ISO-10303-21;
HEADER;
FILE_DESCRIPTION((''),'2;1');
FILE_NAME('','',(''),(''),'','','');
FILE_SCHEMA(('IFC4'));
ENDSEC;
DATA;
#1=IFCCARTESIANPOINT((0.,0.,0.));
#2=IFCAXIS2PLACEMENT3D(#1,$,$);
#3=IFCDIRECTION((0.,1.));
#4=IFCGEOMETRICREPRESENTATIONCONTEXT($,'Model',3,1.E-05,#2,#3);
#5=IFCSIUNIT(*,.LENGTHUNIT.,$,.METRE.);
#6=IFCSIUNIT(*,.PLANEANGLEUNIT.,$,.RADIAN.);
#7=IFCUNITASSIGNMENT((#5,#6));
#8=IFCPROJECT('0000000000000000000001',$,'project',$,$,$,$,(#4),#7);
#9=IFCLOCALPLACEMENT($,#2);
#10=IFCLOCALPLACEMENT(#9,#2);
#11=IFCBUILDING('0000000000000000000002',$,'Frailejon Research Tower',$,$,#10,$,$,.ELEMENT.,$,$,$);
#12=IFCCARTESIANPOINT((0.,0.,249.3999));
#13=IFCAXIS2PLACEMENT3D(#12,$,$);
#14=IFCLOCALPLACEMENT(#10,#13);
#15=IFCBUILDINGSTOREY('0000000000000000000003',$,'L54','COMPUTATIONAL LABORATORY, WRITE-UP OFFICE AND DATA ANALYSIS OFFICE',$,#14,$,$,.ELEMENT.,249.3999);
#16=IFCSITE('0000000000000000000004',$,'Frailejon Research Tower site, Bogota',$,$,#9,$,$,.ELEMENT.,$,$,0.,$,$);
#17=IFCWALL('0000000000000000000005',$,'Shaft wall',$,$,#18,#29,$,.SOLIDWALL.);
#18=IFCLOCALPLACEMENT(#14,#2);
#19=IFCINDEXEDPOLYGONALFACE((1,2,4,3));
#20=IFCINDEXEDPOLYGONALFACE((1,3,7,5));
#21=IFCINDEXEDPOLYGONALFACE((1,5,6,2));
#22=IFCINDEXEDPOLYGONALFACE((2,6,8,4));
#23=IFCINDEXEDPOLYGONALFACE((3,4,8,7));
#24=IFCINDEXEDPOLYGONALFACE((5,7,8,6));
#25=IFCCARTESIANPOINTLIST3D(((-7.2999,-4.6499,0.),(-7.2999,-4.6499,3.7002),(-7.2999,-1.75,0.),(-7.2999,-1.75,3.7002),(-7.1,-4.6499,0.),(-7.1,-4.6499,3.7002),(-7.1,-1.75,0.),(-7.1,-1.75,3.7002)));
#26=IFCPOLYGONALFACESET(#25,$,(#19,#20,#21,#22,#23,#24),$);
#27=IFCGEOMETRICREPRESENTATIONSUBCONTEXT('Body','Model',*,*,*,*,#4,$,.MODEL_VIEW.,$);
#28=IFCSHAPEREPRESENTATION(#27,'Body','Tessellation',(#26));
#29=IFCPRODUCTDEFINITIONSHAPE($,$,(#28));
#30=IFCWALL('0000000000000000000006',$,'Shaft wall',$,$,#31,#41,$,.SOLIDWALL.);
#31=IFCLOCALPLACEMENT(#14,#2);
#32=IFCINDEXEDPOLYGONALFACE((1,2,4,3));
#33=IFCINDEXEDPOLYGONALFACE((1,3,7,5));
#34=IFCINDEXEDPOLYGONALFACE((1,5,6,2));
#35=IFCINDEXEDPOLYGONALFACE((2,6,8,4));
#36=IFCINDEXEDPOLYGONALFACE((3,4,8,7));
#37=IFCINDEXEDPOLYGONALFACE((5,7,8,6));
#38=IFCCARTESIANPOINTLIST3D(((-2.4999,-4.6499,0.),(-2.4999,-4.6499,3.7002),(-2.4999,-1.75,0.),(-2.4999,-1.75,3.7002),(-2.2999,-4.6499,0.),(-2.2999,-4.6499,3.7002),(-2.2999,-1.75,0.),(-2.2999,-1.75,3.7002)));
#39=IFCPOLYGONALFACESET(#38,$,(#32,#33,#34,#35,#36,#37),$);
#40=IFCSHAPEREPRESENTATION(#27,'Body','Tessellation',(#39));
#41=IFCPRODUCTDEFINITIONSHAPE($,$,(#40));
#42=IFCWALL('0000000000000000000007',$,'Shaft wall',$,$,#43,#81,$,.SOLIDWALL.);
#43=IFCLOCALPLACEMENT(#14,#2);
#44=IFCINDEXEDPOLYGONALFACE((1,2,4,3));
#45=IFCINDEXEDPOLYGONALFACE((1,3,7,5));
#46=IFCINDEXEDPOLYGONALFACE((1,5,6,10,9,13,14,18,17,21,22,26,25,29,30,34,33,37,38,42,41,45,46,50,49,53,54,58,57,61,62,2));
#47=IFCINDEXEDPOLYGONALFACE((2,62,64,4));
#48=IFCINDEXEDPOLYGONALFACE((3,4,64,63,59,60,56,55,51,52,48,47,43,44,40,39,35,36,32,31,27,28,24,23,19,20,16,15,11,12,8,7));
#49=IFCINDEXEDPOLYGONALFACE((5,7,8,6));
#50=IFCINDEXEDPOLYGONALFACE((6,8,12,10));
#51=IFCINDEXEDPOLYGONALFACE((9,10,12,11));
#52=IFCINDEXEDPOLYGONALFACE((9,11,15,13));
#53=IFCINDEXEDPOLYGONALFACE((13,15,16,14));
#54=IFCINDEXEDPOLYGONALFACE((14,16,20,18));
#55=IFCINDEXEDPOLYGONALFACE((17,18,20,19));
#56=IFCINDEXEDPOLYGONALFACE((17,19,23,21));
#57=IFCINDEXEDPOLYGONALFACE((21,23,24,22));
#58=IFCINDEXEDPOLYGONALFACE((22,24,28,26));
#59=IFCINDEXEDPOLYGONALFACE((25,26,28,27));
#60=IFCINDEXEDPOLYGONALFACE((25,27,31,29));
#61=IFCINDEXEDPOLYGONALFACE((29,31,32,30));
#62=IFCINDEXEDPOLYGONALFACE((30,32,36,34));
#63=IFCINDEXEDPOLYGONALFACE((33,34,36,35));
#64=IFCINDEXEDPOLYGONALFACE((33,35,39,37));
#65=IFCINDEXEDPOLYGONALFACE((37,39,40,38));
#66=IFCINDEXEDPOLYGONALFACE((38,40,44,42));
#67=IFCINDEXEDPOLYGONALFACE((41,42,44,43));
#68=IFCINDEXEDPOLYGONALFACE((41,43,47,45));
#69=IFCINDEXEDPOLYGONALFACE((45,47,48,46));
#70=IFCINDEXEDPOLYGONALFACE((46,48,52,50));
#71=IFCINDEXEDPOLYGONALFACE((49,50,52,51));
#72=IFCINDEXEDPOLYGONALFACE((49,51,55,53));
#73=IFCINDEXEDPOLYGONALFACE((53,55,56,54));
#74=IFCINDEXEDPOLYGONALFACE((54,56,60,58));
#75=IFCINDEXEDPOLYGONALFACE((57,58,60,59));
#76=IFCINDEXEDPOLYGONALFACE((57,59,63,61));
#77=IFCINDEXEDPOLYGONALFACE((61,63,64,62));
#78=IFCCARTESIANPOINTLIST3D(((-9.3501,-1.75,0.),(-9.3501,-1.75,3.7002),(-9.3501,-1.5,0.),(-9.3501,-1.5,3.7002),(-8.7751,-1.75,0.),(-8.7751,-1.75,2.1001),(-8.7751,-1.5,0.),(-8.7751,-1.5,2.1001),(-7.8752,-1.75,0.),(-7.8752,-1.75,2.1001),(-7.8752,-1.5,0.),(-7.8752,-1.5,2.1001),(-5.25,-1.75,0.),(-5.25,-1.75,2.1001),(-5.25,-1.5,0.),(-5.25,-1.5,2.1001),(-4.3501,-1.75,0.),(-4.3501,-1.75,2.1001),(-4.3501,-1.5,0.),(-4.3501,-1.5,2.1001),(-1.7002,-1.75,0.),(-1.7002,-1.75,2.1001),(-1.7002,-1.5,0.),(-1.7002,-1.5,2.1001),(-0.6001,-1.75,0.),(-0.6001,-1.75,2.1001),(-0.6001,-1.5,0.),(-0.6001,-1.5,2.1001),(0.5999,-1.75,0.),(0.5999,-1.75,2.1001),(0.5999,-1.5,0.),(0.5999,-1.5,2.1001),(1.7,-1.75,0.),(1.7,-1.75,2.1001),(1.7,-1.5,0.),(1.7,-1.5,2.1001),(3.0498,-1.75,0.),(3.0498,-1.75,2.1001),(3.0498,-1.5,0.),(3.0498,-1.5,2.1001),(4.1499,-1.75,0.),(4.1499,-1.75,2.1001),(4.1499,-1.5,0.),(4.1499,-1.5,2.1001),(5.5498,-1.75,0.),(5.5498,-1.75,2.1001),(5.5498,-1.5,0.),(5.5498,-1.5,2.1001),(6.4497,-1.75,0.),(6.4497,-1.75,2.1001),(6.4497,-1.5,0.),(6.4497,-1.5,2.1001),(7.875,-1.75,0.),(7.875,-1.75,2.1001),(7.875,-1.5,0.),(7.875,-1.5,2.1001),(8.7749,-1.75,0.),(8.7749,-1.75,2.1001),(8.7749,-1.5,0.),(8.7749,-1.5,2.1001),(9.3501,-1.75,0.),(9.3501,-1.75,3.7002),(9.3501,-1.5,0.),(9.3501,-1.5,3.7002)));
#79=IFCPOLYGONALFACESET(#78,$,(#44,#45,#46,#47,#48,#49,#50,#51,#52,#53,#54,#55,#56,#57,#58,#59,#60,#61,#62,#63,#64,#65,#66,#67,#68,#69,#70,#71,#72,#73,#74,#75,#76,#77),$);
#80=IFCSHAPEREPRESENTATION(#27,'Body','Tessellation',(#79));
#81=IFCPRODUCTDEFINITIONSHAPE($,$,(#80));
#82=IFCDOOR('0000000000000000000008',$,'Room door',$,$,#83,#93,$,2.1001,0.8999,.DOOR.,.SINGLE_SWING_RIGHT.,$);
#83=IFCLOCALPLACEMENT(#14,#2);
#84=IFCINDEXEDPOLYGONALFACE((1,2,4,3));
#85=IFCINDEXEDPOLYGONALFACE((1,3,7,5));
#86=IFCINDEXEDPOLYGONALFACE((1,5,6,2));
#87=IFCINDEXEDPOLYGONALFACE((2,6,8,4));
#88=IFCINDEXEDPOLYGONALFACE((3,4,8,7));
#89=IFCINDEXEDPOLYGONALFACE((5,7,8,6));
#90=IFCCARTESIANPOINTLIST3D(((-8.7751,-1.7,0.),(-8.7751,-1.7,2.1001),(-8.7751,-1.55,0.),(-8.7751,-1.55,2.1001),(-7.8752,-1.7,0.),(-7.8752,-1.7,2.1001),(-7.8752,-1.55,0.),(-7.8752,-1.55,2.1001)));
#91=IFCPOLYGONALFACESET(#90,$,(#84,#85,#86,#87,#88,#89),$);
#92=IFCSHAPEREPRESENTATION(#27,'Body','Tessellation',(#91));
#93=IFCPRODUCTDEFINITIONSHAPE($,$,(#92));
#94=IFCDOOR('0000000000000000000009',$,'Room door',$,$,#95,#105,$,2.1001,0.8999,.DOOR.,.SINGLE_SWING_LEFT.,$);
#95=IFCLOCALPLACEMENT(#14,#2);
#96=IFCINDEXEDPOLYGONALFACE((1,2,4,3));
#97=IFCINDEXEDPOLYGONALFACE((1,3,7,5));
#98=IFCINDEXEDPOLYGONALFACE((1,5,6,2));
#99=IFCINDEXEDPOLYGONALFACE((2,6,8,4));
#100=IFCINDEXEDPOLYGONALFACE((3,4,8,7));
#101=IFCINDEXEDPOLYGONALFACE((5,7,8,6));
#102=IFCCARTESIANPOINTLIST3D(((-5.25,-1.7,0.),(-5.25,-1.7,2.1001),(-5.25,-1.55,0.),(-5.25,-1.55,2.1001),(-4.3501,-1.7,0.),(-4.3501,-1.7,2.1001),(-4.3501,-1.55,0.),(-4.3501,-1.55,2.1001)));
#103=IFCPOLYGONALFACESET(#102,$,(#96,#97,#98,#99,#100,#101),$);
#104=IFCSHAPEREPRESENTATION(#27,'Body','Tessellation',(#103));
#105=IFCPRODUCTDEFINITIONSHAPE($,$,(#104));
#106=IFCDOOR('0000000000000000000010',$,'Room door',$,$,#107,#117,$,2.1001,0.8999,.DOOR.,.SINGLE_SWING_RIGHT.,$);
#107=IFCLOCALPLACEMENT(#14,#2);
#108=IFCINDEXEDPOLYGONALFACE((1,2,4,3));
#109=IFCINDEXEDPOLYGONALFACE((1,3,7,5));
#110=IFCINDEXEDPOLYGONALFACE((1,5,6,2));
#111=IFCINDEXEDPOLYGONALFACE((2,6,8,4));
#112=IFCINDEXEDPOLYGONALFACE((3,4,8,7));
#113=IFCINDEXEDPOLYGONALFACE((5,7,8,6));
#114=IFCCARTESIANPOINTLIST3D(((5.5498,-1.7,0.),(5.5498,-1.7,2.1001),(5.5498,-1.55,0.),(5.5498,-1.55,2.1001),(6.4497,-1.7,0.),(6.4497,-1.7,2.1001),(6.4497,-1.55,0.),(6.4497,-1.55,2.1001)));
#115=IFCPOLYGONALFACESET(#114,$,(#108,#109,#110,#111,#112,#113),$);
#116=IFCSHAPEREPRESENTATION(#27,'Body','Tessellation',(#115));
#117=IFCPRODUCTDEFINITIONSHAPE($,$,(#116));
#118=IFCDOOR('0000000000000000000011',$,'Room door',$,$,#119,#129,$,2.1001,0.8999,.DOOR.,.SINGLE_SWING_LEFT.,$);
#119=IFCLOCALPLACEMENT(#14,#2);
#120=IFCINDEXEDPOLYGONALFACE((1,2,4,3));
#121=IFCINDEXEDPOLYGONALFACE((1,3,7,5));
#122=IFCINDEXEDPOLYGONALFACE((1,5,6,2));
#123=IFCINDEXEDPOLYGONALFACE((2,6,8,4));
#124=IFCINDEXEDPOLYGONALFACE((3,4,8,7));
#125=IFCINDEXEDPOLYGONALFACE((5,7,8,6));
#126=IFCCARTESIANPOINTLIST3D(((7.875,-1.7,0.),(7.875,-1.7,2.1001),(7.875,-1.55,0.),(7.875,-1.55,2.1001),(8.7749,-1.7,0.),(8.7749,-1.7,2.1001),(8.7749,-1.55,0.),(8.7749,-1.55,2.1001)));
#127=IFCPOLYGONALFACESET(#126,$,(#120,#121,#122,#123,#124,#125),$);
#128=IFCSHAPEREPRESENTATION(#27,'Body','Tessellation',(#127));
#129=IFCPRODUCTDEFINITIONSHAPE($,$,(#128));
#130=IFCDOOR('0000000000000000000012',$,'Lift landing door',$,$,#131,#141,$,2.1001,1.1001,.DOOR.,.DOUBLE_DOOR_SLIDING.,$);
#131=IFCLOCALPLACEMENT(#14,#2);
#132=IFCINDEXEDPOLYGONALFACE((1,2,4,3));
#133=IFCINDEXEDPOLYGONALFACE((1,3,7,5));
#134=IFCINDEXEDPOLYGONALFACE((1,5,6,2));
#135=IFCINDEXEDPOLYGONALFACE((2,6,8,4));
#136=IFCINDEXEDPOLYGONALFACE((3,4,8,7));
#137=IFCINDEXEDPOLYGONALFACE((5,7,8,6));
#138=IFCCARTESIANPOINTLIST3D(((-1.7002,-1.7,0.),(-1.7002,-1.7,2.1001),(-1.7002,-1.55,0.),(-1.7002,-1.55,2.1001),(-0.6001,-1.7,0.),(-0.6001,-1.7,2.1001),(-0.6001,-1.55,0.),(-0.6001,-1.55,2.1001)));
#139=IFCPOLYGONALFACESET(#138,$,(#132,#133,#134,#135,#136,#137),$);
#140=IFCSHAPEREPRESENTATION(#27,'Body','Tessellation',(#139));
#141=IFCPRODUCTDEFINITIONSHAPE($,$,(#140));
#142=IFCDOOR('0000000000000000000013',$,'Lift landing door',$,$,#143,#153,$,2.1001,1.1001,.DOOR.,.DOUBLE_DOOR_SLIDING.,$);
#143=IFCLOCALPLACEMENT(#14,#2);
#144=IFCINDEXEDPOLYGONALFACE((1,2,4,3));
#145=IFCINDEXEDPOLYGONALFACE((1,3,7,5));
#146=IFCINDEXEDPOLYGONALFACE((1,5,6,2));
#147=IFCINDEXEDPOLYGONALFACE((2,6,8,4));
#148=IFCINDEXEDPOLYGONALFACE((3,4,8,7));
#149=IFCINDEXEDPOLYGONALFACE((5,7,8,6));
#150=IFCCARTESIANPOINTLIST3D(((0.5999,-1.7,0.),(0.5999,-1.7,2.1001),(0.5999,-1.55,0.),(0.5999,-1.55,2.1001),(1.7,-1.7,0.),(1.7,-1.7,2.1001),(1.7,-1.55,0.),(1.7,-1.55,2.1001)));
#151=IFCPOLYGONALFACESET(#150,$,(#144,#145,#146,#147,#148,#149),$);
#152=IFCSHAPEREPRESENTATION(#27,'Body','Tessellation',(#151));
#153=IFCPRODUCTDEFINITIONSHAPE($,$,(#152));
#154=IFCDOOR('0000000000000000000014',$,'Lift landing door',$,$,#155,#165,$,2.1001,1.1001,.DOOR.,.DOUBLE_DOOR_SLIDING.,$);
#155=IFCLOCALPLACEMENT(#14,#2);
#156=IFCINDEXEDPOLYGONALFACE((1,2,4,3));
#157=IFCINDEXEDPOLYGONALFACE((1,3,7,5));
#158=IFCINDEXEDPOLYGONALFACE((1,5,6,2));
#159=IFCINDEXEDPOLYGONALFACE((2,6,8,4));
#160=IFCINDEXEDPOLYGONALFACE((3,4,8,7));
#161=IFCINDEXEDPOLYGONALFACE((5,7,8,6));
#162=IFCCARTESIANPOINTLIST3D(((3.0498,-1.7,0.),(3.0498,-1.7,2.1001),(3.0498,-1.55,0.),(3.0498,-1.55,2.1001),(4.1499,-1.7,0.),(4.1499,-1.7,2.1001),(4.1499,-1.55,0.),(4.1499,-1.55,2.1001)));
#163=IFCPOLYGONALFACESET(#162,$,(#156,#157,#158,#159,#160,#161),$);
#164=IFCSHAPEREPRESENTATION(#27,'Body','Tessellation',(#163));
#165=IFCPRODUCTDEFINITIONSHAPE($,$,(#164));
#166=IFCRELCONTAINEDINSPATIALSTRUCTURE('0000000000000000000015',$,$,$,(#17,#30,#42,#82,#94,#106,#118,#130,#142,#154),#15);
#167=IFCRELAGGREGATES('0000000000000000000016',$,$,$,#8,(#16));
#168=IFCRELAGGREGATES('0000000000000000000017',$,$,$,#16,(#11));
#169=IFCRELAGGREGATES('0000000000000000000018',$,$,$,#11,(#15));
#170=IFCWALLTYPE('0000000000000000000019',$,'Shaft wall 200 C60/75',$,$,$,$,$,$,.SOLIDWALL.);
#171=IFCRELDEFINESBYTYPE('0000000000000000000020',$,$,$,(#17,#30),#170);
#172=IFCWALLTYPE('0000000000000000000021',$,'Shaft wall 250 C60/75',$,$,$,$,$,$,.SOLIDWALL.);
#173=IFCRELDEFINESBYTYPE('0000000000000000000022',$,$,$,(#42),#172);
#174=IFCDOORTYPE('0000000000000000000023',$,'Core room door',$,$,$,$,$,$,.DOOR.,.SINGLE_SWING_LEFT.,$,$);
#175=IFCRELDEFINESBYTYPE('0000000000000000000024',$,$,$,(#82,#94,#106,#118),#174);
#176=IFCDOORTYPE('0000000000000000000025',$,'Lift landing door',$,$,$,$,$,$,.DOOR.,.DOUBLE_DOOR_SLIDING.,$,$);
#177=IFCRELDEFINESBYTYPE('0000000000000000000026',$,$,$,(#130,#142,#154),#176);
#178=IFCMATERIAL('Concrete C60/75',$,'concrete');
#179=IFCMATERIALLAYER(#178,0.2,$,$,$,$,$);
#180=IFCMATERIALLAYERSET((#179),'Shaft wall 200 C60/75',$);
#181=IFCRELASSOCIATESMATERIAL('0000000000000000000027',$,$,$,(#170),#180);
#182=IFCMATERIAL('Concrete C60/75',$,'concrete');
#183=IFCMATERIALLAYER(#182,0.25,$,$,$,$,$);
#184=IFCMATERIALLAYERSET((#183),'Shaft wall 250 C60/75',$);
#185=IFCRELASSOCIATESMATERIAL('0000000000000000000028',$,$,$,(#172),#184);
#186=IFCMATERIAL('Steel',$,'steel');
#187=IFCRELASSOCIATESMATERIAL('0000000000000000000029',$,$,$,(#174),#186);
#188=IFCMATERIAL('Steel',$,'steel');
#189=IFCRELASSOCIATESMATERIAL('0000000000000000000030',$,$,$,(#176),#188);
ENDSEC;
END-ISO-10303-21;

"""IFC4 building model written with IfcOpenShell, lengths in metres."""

from ifc_helpers import new_model, si_unit, direction, frame, frame_2d, origin, place, context, subcontext, project, spatial, rectangle, extrude, material, layer, layer_set, type_object, element, fill, save


model = new_model("IFC4")

# Units and contexts
model_context = context("Model", 3, precision=1e-05, world=origin(), true_north=direction((0.0, 1.0)))
body_context = subcontext(model_context, "Body", "Model", "MODEL_VIEW")
ifc_project = project(units=[si_unit("LENGTHUNIT", "METRE"), si_unit("PLANEANGLEUNIT", "RADIAN")], contexts=[model_context])

# Site, building, storey
site_placement = place(None, origin())
site = spatial("IfcSite", under=ifc_project, at=site_placement, Name="Frailejon Research Tower site, Bogota", CompositionType="ELEMENT", RefElevation=0.0)
building_placement = place(site_placement, origin())
building = spatial("IfcBuilding", under=site, at=building_placement, Name="Frailejon Research Tower", CompositionType="ELEMENT")
storey_placement = place(building_placement, frame((0.0, 0.0, 249.3999)))
storey = spatial("IfcBuildingStorey", under=building, at=storey_placement, Name="L54", Description="COMPUTATIONAL LABORATORY, WRITE-UP OFFICE AND DATA ANALYSIS OFFICE", CompositionType="ELEMENT", Elevation=249.3999)

# Walls
ifc_material_1 = material(Name="Concrete C60/75", Category="concrete")
ifc_layer_1 = layer(ifc_material_1, 0.2)
ifc_layer_set_1 = layer_set([ifc_layer_1], Name="Shaft wall 200 C60/75")
wall_type_1 = type_object("IfcWallType", Name="Shaft wall 200 C60/75", PredefinedType="SOLIDWALL", material=ifc_layer_set_1)
for number, where, z_axis, x_axis, name in (
    (1, (-7.2, -4.6499, 0.0), (0.0, 0.0, 1.0), (0.0, 1.0, 0.0), "Shaft wall"),
    (2, (-2.3999, -4.6499, 0.0), (0.0, 0.0, 1.0), (0.0, 1.0, 0.0), "Shaft wall"),
):
    element("IfcWall", number, at=place(storey_placement, frame(where, z_axis=z_axis, x_axis=x_axis)), inside=storey, type_object=wall_type_1, Name=name, PredefinedType="SOLIDWALL", context=body_context, shape_type="SweptSolid", body=[
        extrude(rectangle(XDim=2.8999, YDim=0.2, at=frame_2d((1.45, 0.0))), origin(), (0.0, 0.0, 1.0), 3.7002),
    ])

# Wall, openings, doors
ifc_material_2 = material(Name="Concrete C60/75", Category="concrete")
ifc_layer_2 = layer(ifc_material_2, 0.25)
ifc_layer_set_2 = layer_set([ifc_layer_2], Name="Shaft wall 250 C60/75")
wall_type_2 = type_object("IfcWallType", Name="Shaft wall 250 C60/75", PredefinedType="SOLIDWALL", material=ifc_layer_set_2)
wall_1_placement = place(storey_placement, frame((-9.3501, -1.625, 0.0), z_axis=(0.0, 0.0, 1.0), x_axis=(1.0, 0.0, 0.0)))
wall_1 = element("IfcWall", 3, at=wall_1_placement, inside=storey, type_object=wall_type_2, Name="Shaft wall", PredefinedType="SOLIDWALL", context=body_context, shape_type="SweptSolid", body=[
    extrude(rectangle(XDim=18.7002, YDim=0.25, at=frame_2d((9.3501, 0.0))), origin(), (0.0, 0.0, 1.0), 3.7002),
])
opening_1_placement = place(wall_1_placement, frame((7.6499, 0.0, 0.0)))
opening_1 = element("IfcOpeningElement", 4, at=opening_1_placement, cuts=wall_1, PredefinedType="OPENING", context=body_context, shape_type="SweptSolid", body=[
    extrude(rectangle(XDim=1.1001, YDim=2.1001, at=frame_2d((0.55, 1.05))), frame((0.0, 0.135, 0.0), z_axis=(0.0, -1.0, 0.0), x_axis=(1.0, 0.0, 0.0)), (0.0, 0.0, 1.0), 0.27),
])
opening_2_placement = place(wall_1_placement, frame((9.95, 0.0, 0.0)))
opening_2 = element("IfcOpeningElement", 5, at=opening_2_placement, cuts=wall_1, PredefinedType="OPENING", context=body_context, shape_type="SweptSolid", body=[
    extrude(rectangle(XDim=1.1001, YDim=2.1001, at=frame_2d((0.55, 1.05))), frame((0.0, 0.135, 0.0), z_axis=(0.0, -1.0, 0.0), x_axis=(1.0, 0.0, 0.0)), (0.0, 0.0, 1.0), 0.27),
])
opening_3_placement = place(wall_1_placement, frame((12.3999, 0.0, 0.0)))
opening_3 = element("IfcOpeningElement", 6, at=opening_3_placement, cuts=wall_1, PredefinedType="OPENING", context=body_context, shape_type="SweptSolid", body=[
    extrude(rectangle(XDim=1.1001, YDim=2.1001, at=frame_2d((0.55, 1.05))), frame((0.0, 0.135, 0.0), z_axis=(0.0, -1.0, 0.0), x_axis=(1.0, 0.0, 0.0)), (0.0, 0.0, 1.0), 0.27),
])
opening_4_placement = place(wall_1_placement, frame((0.575, 0.0, 0.0)))
opening_4 = element("IfcOpeningElement", 7, at=opening_4_placement, cuts=wall_1, PredefinedType="OPENING", context=body_context, shape_type="SweptSolid", body=[
    extrude(rectangle(XDim=0.8999, YDim=2.1001, at=frame_2d((0.45, 1.05))), frame((0.0, 0.135, 0.0), z_axis=(0.0, -1.0, 0.0), x_axis=(1.0, 0.0, 0.0)), (0.0, 0.0, 1.0), 0.27),
])
opening_5_placement = place(wall_1_placement, frame((4.1001, 0.0, 0.0)))
opening_5 = element("IfcOpeningElement", 8, at=opening_5_placement, cuts=wall_1, PredefinedType="OPENING", context=body_context, shape_type="SweptSolid", body=[
    extrude(rectangle(XDim=0.8999, YDim=2.1001, at=frame_2d((0.45, 1.05))), frame((0.0, 0.135, 0.0), z_axis=(0.0, -1.0, 0.0), x_axis=(1.0, 0.0, 0.0)), (0.0, 0.0, 1.0), 0.27),
])
opening_6_placement = place(wall_1_placement, frame((14.8999, 0.0, 0.0)))
opening_6 = element("IfcOpeningElement", 9, at=opening_6_placement, cuts=wall_1, PredefinedType="OPENING", context=body_context, shape_type="SweptSolid", body=[
    extrude(rectangle(XDim=0.8999, YDim=2.1001, at=frame_2d((0.45, 1.05))), frame((0.0, 0.135, 0.0), z_axis=(0.0, -1.0, 0.0), x_axis=(1.0, 0.0, 0.0)), (0.0, 0.0, 1.0), 0.27),
])
opening_7_placement = place(wall_1_placement, frame((17.2251, 0.0, 0.0)))
opening_7 = element("IfcOpeningElement", 10, at=opening_7_placement, cuts=wall_1, PredefinedType="OPENING", context=body_context, shape_type="SweptSolid", body=[
    extrude(rectangle(XDim=0.8999, YDim=2.1001, at=frame_2d((0.45, 1.05))), frame((0.0, 0.135, 0.0), z_axis=(0.0, -1.0, 0.0), x_axis=(1.0, 0.0, 0.0)), (0.0, 0.0, 1.0), 0.27),
])
ifc_material_3 = material(Name="Steel", Category="steel")
door_type_1 = type_object("IfcDoorType", Name="Core room door", OperationType="SINGLE_SWING_LEFT", PredefinedType="DOOR", material=ifc_material_3)
door_1_placement = place(opening_4_placement, origin())
door_1 = element("IfcDoor", 11, at=door_1_placement, inside=storey, type_object=door_type_1, Name="Room door", OperationType="SINGLE_SWING_RIGHT", OverallHeight=2.1001, OverallWidth=0.8999, PredefinedType="DOOR", context=body_context, shape_type="SweptSolid", body=[
    extrude(rectangle(XDim=0.8999, YDim=2.1001, at=frame_2d((0.45, 1.05))), frame((0.0, 0.075, 0.0), z_axis=(0.0, -1.0, 0.0), x_axis=(1.0, 0.0, 0.0)), (0.0, 0.0, 1.0), 0.1499),
])
fill(opening_4, door_1)
door_2_placement = place(opening_5_placement, origin())
door_2 = element("IfcDoor", 12, at=door_2_placement, inside=storey, type_object=door_type_1, Name="Room door", OperationType="SINGLE_SWING_LEFT", OverallHeight=2.1001, OverallWidth=0.8999, PredefinedType="DOOR", context=body_context, shape_type="SweptSolid", body=[
    extrude(rectangle(XDim=0.8999, YDim=2.1001, at=frame_2d((0.45, 1.05))), frame((0.0, 0.075, 0.0), z_axis=(0.0, -1.0, 0.0), x_axis=(1.0, 0.0, 0.0)), (0.0, 0.0, 1.0), 0.1499),
])
fill(opening_5, door_2)
door_3_placement = place(opening_6_placement, origin())
door_3 = element("IfcDoor", 13, at=door_3_placement, inside=storey, type_object=door_type_1, Name="Room door", OperationType="SINGLE_SWING_RIGHT", OverallHeight=2.1001, OverallWidth=0.8999, PredefinedType="DOOR", context=body_context, shape_type="SweptSolid", body=[
    extrude(rectangle(XDim=0.8999, YDim=2.1001, at=frame_2d((0.45, 1.05))), frame((0.0, 0.075, 0.0), z_axis=(0.0, -1.0, 0.0), x_axis=(1.0, 0.0, 0.0)), (0.0, 0.0, 1.0), 0.1499),
])
fill(opening_6, door_3)
door_4_placement = place(opening_7_placement, origin())
door_4 = element("IfcDoor", 14, at=door_4_placement, inside=storey, type_object=door_type_1, Name="Room door", OperationType="SINGLE_SWING_LEFT", OverallHeight=2.1001, OverallWidth=0.8999, PredefinedType="DOOR", context=body_context, shape_type="SweptSolid", body=[
    extrude(rectangle(XDim=0.8999, YDim=2.1001, at=frame_2d((0.45, 1.05))), frame((0.0, 0.075, 0.0), z_axis=(0.0, -1.0, 0.0), x_axis=(1.0, 0.0, 0.0)), (0.0, 0.0, 1.0), 0.1499),
])
fill(opening_7, door_4)
ifc_material_4 = material(Name="Steel", Category="steel")
door_type_2 = type_object("IfcDoorType", Name="Lift landing door", OperationType="DOUBLE_DOOR_SLIDING", PredefinedType="DOOR", material=ifc_material_4)
door_5_placement = place(opening_1_placement, origin())
door_5 = element("IfcDoor", 15, at=door_5_placement, inside=storey, type_object=door_type_2, Name="Lift landing door", OperationType="DOUBLE_DOOR_SLIDING", OverallHeight=2.1001, OverallWidth=1.1001, PredefinedType="DOOR", context=body_context, shape_type="SweptSolid", body=[
    extrude(rectangle(XDim=1.1001, YDim=2.1001, at=frame_2d((0.55, 1.05))), frame((0.0, 0.075, 0.0), z_axis=(0.0, -1.0, 0.0), x_axis=(1.0, 0.0, 0.0)), (0.0, 0.0, 1.0), 0.1499),
])
fill(opening_1, door_5)
door_6_placement = place(opening_2_placement, origin())
door_6 = element("IfcDoor", 16, at=door_6_placement, inside=storey, type_object=door_type_2, Name="Lift landing door", OperationType="DOUBLE_DOOR_SLIDING", OverallHeight=2.1001, OverallWidth=1.1001, PredefinedType="DOOR", context=body_context, shape_type="SweptSolid", body=[
    extrude(rectangle(XDim=1.1001, YDim=2.1001, at=frame_2d((0.55, 1.05))), frame((0.0, 0.075, 0.0), z_axis=(0.0, -1.0, 0.0), x_axis=(1.0, 0.0, 0.0)), (0.0, 0.0, 1.0), 0.1499),
])
fill(opening_2, door_6)
door_7_placement = place(opening_3_placement, origin())
door_7 = element("IfcDoor", 17, at=door_7_placement, inside=storey, type_object=door_type_2, Name="Lift landing door", OperationType="DOUBLE_DOOR_SLIDING", OverallHeight=2.1001, OverallWidth=1.1001, PredefinedType="DOOR", context=body_context, shape_type="SweptSolid", body=[
    extrude(rectangle(XDim=1.1001, YDim=2.1001, at=frame_2d((0.55, 1.05))), frame((0.0, 0.075, 0.0), z_axis=(0.0, -1.0, 0.0), x_axis=(1.0, 0.0, 0.0)), (0.0, 0.0, 1.0), 0.1499),
])
fill(opening_3, door_7)

save(model, "model.ifc")
